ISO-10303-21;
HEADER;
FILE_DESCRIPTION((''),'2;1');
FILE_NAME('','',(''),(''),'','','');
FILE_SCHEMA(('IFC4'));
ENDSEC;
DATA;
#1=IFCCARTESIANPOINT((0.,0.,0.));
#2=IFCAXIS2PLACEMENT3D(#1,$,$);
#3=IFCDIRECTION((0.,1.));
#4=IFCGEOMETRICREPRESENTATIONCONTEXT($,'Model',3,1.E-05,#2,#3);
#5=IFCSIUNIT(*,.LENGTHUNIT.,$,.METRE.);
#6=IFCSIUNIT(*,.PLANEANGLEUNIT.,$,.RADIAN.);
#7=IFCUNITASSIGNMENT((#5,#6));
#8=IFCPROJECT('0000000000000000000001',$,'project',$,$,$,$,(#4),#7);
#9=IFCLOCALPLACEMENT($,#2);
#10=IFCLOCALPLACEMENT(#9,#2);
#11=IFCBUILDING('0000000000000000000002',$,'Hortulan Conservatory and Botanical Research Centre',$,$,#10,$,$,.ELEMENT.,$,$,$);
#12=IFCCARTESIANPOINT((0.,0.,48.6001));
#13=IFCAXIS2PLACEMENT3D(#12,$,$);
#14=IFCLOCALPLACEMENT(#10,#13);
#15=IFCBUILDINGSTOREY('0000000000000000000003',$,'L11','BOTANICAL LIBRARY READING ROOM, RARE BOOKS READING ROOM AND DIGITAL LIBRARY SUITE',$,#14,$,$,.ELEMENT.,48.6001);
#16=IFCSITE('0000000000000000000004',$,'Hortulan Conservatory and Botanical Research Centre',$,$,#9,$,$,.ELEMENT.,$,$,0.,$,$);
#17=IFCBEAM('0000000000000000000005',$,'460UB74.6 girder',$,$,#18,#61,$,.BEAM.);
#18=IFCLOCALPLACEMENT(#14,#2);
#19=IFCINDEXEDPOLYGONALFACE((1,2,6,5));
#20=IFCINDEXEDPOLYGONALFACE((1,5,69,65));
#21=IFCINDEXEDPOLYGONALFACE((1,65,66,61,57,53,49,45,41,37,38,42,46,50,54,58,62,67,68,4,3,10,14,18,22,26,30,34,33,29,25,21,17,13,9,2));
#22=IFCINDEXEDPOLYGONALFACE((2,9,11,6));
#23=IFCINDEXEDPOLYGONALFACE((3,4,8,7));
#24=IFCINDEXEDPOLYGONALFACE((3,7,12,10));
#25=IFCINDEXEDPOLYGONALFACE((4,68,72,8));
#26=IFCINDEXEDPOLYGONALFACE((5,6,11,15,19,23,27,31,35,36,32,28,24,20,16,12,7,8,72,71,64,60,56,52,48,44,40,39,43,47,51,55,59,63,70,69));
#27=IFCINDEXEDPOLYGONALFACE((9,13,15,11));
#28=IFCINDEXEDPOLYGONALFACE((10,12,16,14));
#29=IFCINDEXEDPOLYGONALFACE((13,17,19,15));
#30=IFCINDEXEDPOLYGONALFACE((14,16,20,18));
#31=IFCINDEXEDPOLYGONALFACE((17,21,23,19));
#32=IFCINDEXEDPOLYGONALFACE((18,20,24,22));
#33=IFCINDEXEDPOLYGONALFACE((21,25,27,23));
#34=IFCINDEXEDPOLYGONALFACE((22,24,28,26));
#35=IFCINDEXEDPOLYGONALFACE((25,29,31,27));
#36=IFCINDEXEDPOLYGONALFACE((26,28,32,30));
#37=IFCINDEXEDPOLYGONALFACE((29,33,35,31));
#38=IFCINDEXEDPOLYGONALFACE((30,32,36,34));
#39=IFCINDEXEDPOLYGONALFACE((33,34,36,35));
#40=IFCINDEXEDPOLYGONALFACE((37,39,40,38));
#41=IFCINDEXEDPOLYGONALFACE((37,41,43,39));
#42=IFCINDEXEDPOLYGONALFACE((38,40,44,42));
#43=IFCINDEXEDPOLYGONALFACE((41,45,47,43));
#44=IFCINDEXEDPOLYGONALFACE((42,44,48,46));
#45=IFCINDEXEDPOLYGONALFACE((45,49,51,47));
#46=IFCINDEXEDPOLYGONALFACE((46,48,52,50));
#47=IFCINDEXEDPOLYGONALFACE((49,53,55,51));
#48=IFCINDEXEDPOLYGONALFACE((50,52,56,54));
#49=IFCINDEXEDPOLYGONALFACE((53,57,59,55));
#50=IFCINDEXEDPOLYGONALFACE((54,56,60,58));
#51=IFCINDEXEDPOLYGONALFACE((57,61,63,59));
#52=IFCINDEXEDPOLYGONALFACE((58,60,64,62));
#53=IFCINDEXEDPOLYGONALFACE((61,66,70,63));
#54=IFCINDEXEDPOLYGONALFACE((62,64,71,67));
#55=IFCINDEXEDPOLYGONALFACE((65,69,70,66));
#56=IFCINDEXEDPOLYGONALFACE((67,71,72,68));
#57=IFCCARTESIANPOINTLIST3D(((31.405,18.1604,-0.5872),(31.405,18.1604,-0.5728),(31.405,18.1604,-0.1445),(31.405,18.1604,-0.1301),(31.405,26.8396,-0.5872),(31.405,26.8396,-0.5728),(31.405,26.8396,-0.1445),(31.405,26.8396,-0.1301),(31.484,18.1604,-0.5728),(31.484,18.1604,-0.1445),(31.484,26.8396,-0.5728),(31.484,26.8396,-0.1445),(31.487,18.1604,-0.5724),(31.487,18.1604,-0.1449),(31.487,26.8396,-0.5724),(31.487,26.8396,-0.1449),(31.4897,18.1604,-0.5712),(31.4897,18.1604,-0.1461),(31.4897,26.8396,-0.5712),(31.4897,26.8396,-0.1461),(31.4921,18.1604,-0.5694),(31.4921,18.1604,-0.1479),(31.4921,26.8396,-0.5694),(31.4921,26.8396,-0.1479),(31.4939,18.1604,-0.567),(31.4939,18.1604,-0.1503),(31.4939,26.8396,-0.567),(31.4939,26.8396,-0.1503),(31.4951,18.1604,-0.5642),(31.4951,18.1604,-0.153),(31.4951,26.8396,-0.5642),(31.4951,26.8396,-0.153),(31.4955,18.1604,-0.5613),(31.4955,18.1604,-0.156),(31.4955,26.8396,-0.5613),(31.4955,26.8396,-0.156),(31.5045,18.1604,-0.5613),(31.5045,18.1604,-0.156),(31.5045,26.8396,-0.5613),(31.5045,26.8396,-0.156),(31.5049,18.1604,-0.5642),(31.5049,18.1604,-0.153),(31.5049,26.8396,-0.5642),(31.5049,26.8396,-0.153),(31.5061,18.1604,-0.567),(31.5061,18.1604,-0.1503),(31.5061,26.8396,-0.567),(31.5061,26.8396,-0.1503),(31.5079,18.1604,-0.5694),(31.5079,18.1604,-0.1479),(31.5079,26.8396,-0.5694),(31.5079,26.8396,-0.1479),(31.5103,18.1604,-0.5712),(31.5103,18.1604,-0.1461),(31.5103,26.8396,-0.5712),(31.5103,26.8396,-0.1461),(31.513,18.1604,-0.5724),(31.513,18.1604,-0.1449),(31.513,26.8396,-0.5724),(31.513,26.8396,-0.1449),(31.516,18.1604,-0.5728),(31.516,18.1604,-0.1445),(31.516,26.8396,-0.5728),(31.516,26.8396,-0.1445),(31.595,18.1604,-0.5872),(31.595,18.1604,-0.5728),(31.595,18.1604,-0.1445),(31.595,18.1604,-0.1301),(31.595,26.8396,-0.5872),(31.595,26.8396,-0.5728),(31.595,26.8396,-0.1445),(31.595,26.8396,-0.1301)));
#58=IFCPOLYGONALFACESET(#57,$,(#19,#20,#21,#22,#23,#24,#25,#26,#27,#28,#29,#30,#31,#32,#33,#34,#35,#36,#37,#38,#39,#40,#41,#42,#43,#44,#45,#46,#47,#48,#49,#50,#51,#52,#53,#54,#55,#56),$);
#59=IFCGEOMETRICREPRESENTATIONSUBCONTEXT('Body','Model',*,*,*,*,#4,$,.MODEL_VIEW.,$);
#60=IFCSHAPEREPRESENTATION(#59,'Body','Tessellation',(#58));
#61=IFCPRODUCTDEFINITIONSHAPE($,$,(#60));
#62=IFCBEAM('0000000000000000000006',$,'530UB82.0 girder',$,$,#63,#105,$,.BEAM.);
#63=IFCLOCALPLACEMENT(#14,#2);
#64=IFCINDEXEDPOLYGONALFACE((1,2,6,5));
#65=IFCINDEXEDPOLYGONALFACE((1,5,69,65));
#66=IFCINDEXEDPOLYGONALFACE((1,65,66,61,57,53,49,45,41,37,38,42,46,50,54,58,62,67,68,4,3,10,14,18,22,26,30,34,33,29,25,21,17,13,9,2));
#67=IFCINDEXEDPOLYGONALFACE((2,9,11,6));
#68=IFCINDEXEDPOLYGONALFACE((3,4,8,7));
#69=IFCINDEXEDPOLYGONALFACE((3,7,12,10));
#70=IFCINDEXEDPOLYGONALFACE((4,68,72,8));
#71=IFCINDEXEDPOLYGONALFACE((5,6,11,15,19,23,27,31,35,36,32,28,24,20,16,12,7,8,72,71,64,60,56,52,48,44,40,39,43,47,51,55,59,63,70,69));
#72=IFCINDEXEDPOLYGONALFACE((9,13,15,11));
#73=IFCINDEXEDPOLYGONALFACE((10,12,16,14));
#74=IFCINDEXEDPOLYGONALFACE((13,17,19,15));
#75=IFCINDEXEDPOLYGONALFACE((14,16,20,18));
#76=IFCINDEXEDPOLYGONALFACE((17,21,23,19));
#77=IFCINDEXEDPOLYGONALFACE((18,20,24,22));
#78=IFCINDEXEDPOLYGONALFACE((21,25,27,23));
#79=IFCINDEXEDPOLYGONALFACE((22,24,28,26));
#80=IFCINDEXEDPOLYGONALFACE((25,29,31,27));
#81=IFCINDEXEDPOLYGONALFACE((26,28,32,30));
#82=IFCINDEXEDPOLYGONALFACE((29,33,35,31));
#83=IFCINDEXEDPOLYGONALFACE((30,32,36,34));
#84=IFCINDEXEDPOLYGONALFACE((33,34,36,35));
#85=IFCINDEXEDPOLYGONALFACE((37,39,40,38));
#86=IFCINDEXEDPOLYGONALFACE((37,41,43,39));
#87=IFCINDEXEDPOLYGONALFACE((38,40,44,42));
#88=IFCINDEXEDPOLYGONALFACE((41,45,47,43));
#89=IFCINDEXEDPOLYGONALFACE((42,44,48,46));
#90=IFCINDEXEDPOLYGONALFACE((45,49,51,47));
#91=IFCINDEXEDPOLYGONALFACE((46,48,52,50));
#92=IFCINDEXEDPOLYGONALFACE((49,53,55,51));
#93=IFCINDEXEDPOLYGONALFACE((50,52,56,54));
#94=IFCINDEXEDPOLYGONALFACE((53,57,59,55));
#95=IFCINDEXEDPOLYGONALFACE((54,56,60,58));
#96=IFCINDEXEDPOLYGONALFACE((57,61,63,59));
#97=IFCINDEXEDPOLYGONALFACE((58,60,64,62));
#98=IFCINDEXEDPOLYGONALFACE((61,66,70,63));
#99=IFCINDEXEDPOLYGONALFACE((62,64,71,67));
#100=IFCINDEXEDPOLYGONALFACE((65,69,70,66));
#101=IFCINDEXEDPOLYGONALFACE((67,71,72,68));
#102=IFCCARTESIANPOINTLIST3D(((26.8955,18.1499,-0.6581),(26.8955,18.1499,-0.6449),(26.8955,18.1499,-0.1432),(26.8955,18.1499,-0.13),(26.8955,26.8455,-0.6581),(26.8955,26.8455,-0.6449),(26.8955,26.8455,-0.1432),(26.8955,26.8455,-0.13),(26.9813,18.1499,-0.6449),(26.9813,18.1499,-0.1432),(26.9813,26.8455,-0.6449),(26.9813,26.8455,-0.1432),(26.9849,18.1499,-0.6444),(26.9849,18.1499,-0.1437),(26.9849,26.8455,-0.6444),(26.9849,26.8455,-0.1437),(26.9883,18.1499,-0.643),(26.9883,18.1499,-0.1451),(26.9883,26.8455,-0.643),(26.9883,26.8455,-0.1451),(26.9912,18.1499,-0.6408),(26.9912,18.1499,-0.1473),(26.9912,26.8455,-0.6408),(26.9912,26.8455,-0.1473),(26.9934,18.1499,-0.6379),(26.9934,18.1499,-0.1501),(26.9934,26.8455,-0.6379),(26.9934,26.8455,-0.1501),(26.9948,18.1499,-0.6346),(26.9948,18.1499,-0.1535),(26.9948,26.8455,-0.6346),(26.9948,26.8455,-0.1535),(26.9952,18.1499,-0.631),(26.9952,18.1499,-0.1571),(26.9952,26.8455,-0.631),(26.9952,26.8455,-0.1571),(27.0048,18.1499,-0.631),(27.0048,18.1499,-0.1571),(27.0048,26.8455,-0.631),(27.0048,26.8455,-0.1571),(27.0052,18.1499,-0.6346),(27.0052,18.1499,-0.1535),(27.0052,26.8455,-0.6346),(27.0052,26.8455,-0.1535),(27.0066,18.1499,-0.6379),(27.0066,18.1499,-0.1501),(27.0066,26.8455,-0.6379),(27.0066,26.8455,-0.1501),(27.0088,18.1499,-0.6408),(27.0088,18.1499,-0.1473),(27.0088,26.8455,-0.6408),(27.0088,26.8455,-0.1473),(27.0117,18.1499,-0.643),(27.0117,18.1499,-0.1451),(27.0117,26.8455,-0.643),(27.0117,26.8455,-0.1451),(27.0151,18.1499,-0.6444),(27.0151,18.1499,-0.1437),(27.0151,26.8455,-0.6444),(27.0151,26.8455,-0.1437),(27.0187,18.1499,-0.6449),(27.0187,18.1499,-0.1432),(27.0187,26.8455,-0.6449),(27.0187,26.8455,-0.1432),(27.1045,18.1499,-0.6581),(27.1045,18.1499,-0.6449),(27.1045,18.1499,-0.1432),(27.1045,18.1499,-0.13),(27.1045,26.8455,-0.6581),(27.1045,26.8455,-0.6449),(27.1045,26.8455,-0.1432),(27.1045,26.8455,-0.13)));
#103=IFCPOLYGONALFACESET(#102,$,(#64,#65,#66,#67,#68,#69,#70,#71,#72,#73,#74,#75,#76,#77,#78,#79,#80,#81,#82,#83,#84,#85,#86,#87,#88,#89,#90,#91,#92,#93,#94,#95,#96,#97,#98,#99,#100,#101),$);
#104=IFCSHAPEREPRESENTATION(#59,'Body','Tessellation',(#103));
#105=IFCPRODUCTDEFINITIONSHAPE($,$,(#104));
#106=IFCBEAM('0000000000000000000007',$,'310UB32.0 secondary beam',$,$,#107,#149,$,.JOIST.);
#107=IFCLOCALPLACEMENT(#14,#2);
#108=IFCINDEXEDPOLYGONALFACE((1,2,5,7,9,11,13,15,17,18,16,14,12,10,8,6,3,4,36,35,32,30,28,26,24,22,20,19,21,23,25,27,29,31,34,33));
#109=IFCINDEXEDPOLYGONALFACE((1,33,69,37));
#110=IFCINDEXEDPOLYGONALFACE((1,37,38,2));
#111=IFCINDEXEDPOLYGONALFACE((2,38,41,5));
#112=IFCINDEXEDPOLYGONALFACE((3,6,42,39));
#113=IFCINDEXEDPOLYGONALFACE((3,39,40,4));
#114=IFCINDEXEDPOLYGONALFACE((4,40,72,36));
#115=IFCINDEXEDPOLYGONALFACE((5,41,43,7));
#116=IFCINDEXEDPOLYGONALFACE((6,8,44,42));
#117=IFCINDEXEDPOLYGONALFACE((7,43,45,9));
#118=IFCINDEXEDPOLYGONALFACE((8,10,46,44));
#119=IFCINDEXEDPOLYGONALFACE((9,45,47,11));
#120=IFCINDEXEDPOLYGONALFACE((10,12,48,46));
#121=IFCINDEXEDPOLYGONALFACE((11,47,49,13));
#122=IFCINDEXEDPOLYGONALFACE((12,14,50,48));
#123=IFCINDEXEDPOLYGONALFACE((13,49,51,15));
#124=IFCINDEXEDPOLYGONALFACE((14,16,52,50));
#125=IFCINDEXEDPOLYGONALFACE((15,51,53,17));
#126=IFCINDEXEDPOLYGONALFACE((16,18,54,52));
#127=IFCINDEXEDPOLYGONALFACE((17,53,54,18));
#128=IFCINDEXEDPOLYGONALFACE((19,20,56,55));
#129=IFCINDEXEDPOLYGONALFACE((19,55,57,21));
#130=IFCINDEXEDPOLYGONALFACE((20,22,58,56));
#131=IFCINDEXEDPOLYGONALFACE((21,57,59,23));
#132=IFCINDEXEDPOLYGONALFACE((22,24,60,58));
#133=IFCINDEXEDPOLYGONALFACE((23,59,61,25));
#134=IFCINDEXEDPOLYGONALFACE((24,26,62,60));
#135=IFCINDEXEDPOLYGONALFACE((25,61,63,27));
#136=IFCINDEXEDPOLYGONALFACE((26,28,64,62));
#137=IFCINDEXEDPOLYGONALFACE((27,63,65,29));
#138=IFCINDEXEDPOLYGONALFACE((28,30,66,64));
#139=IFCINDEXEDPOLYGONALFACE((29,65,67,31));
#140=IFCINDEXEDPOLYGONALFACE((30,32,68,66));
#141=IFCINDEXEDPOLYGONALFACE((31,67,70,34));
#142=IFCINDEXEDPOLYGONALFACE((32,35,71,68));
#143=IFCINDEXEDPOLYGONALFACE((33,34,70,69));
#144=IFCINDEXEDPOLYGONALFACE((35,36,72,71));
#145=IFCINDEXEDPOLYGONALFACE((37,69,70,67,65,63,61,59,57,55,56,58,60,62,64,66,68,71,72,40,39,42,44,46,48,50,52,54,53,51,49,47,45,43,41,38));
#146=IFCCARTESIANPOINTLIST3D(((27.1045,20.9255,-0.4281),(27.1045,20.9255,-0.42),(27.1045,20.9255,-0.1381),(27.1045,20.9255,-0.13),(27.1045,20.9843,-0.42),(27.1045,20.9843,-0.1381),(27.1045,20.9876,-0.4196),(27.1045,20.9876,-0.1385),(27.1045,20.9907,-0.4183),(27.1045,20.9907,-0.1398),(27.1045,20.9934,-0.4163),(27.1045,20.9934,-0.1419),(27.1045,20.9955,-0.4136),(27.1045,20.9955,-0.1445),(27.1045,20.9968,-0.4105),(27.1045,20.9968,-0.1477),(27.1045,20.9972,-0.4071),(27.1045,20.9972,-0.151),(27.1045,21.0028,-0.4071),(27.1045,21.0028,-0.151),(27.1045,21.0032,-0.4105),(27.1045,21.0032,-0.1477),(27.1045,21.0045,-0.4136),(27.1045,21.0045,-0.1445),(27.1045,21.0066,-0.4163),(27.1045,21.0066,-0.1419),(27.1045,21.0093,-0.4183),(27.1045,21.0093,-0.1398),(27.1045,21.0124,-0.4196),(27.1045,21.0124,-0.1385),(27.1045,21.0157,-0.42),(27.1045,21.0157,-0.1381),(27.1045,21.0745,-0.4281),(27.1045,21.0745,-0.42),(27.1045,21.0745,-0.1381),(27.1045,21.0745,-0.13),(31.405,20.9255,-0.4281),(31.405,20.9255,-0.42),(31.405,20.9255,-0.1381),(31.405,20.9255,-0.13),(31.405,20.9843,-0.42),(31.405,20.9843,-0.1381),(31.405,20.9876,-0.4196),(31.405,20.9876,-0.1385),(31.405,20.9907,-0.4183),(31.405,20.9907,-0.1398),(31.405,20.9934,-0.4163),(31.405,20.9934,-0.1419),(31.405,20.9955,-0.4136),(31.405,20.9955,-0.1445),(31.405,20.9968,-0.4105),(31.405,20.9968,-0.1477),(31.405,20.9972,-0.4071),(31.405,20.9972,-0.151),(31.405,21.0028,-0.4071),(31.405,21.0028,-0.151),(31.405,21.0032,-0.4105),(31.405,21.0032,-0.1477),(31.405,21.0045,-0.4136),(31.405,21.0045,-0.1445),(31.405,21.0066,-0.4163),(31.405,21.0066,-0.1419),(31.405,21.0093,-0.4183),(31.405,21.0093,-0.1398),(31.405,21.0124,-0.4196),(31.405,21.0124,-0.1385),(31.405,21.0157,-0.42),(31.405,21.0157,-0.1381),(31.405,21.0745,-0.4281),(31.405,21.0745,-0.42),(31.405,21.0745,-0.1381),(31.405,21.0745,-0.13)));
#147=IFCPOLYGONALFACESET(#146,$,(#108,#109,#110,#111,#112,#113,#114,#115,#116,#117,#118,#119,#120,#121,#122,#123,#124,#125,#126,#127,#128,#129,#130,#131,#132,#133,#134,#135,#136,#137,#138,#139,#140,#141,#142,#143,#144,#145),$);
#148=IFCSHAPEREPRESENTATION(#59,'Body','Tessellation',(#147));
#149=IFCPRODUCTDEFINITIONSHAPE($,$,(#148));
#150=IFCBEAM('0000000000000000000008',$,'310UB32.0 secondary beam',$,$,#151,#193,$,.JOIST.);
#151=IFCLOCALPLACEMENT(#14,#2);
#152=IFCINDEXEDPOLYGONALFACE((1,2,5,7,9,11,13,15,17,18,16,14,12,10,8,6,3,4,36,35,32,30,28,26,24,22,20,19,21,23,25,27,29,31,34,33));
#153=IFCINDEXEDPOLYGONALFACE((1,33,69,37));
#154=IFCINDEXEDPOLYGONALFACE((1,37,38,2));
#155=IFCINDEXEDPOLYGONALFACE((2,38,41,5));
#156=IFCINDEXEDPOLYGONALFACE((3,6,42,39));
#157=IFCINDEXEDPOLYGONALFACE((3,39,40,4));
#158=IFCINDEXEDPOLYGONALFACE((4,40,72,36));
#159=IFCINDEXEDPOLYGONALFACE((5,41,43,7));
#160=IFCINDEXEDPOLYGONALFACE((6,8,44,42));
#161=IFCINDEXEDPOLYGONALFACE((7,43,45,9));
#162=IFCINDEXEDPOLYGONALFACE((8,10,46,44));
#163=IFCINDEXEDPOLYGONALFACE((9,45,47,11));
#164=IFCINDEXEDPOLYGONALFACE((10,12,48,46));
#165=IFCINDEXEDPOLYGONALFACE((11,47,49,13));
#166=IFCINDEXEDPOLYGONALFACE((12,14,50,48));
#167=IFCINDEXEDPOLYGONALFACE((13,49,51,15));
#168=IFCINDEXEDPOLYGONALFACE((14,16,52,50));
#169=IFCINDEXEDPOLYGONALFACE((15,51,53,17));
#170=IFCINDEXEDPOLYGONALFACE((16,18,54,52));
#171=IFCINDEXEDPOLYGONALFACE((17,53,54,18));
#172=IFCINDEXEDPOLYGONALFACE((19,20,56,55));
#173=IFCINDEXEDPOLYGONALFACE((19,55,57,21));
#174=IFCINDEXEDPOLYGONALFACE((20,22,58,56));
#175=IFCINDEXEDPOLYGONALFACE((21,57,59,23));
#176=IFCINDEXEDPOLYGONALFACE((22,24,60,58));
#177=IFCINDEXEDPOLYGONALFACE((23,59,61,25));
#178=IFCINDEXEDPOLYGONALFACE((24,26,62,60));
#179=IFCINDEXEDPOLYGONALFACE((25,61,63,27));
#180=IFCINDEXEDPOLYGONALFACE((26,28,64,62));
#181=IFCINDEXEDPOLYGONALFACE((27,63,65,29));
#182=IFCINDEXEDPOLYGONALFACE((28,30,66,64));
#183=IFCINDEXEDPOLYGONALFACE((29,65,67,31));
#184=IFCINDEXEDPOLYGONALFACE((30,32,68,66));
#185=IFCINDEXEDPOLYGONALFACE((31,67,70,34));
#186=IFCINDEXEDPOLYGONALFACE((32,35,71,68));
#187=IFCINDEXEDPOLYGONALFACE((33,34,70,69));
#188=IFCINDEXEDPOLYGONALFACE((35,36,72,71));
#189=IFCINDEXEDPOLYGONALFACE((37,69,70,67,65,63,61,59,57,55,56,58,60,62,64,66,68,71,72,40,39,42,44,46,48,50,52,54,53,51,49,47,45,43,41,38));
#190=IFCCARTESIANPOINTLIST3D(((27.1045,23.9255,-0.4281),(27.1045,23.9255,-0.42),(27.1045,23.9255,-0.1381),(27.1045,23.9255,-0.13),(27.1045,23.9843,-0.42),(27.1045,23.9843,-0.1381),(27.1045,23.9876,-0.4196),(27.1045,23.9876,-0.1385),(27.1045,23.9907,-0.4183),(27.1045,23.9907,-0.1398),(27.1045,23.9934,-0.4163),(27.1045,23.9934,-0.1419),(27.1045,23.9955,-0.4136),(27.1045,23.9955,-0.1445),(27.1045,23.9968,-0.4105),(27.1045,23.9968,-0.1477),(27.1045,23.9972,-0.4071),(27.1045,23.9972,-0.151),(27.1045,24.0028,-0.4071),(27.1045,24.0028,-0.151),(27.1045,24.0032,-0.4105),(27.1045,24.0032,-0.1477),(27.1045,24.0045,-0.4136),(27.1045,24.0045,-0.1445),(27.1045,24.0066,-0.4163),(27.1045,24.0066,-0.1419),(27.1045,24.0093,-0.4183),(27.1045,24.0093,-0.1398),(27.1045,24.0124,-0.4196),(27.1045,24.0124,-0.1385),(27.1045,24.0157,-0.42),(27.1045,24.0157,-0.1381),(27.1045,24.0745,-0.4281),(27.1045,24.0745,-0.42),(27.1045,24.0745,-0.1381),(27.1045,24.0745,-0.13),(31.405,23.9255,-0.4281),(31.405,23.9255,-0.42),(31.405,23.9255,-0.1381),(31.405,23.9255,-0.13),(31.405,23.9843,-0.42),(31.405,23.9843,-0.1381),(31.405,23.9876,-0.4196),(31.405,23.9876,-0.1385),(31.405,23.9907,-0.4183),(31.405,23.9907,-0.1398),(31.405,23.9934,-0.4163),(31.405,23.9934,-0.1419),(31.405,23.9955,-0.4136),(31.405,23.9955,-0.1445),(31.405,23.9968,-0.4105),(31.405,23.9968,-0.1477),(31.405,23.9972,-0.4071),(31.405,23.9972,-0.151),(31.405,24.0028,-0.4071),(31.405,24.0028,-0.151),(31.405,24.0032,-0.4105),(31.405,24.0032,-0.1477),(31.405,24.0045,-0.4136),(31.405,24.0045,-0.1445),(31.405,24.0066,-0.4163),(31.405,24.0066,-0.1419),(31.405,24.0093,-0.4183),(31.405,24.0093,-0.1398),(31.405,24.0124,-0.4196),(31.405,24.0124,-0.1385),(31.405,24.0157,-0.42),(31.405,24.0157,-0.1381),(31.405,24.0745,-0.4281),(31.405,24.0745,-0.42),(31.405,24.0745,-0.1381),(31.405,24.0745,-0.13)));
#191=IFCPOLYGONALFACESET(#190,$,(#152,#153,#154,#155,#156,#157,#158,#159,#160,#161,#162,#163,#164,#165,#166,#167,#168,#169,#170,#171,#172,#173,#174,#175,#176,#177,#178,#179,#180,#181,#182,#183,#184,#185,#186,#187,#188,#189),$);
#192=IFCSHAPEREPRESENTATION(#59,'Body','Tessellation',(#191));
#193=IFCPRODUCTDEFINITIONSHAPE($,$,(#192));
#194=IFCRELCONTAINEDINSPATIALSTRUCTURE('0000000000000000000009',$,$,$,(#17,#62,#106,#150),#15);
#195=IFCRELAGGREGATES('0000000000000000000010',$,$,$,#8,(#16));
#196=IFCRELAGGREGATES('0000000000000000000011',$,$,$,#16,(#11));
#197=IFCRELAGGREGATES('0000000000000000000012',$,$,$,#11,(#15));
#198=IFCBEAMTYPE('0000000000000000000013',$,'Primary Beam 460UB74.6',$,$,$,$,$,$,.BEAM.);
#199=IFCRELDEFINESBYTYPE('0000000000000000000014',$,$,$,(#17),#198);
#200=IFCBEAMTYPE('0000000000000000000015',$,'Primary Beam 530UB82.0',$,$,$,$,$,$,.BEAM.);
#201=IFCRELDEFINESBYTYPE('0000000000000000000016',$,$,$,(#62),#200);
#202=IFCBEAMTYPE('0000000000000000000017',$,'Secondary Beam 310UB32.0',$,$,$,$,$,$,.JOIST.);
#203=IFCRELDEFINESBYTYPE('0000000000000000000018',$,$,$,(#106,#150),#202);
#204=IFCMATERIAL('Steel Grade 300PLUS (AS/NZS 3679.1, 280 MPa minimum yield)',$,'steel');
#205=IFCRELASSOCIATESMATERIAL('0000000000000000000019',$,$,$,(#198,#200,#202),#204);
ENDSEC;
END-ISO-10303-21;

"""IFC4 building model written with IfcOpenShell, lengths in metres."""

from ifc_helpers import new_model, si_unit, direction, frame, origin, origin_2d, place, context, subcontext, project, spatial, i_section, extrude, material, material_profile, profile_set, type_object, element, save


model = new_model("IFC4")

# Units and contexts
model_context = context("Model", 3, precision=1e-05, world=origin(), true_north=direction((0.0, 1.0)))
body_context = subcontext(model_context, "Body", "Model", "MODEL_VIEW")
ifc_project = project(units=[si_unit("LENGTHUNIT", "METRE"), si_unit("PLANEANGLEUNIT", "RADIAN")], contexts=[model_context])

# Site, building, storey
site_placement = place(None, origin())
site = spatial("IfcSite", under=ifc_project, at=site_placement, Name="Hortulan Conservatory and Botanical Research Centre", CompositionType="ELEMENT", RefElevation=0.0)
building_placement = place(site_placement, origin())
building = spatial("IfcBuilding", under=site, at=building_placement, Name="Hortulan Conservatory and Botanical Research Centre", CompositionType="ELEMENT")
storey_placement = place(building_placement, frame((0.0, 0.0, 48.6001)))
storey = spatial("IfcBuildingStorey", under=building, at=storey_placement, Name="L11", Description="BOTANICAL LIBRARY READING ROOM, RARE BOOKS READING ROOM AND DIGITAL LIBRARY SUITE", CompositionType="ELEMENT", Elevation=48.6001)

# Shared definitions
ifc_material_1 = material(Name="Steel Grade 300PLUS (AS/NZS 3679.1, 280 MPa minimum yield)", Category="steel")

# Beams
ifc_material_profile_1 = material_profile(ifc_material_1, i_section(OverallWidth=0.1899, OverallDepth=0.457, WebThickness=0.009, FlangeThickness=0.0144, FilletRadius=0.0115, at=origin_2d()), Name="460UB74.6")
ifc_profile_set_1 = profile_set([ifc_material_profile_1], Name="Steel Grade 300PLUS (AS/NZS 3679.1, 280 MPa minimum yield)")
beam_type_1 = type_object("IfcBeamType", Name="Primary Beam 460UB74.6", PredefinedType="BEAM", material=ifc_profile_set_1)
beam_1_placement = place(storey_placement, frame((31.5, 18.1604, -0.3586), z_axis=(0.0, 1.0, 0.0), x_axis=(-1.0, 0.0, 0.0)))
element("IfcBeam", 1, at=beam_1_placement, inside=storey, type_object=beam_type_1, Name="460UB74.6 girder", PredefinedType="BEAM", context=body_context, shape_type="SweptSolid", body=[
    extrude(i_section(OverallWidth=0.1899, OverallDepth=0.457, WebThickness=0.009, FlangeThickness=0.0144, FilletRadius=0.0115, at=origin_2d()), origin(), (0.0, 0.0, 1.0), 8.6792),
])
ifc_material_profile_2 = material_profile(ifc_material_1, i_section(OverallWidth=0.209, OverallDepth=0.5281, WebThickness=0.0095, FlangeThickness=0.0132, FilletRadius=0.0139, at=origin_2d()), Name="530UB82.0")
ifc_profile_set_2 = profile_set([ifc_material_profile_2], Name="Steel Grade 300PLUS (AS/NZS 3679.1, 280 MPa minimum yield)")
beam_type_2 = type_object("IfcBeamType", Name="Primary Beam 530UB82.0", PredefinedType="BEAM", material=ifc_profile_set_2)
beam_2_placement = place(storey_placement, frame((27.0, 18.1499, -0.394), z_axis=(0.0, 1.0, 0.0), x_axis=(-1.0, 0.0, 0.0)))
element("IfcBeam", 2, at=beam_2_placement, inside=storey, type_object=beam_type_2, Name="530UB82.0 girder", PredefinedType="BEAM", context=body_context, shape_type="SweptSolid", body=[
    extrude(i_section(OverallWidth=0.209, OverallDepth=0.5281, WebThickness=0.0095, FlangeThickness=0.0132, FilletRadius=0.0139, at=origin_2d()), origin(), (0.0, 0.0, 1.0), 8.6956),
])
ifc_material_profile_3 = material_profile(ifc_material_1, i_section(OverallWidth=0.1489, OverallDepth=0.2981, WebThickness=0.0056, FlangeThickness=0.0081, FilletRadius=0.0129, at=origin_2d()), Name="310UB32.0")
ifc_profile_set_3 = profile_set([ifc_material_profile_3], Name="Steel Grade 300PLUS (AS/NZS 3679.1, 280 MPa minimum yield)")
beam_type_3 = type_object("IfcBeamType", Name="Secondary Beam 310UB32.0", PredefinedType="JOIST", material=ifc_profile_set_3)
for number, where, z_axis, x_axis, name in (
    (3, (27.1045, 21.0, -0.2791), (1.0, 0.0, 0.0), (0.0, 1.0, 0.0), "310UB32.0 secondary beam"),
    (4, (27.1045, 24.0, -0.2791), (1.0, 0.0, 0.0), (0.0, 1.0, 0.0), "310UB32.0 secondary beam"),
):
    element("IfcBeam", number, at=place(storey_placement, frame(where, z_axis=z_axis, x_axis=x_axis)), inside=storey, type_object=beam_type_3, Name=name, PredefinedType="JOIST", context=body_context, shape_type="SweptSolid", body=[
        extrude(i_section(OverallWidth=0.1489, OverallDepth=0.2981, WebThickness=0.0056, FlangeThickness=0.0081, FilletRadius=0.0129, at=origin_2d()), origin(), (0.0, 0.0, 1.0), 4.3005),
    ])

save(model, "model.ifc")
